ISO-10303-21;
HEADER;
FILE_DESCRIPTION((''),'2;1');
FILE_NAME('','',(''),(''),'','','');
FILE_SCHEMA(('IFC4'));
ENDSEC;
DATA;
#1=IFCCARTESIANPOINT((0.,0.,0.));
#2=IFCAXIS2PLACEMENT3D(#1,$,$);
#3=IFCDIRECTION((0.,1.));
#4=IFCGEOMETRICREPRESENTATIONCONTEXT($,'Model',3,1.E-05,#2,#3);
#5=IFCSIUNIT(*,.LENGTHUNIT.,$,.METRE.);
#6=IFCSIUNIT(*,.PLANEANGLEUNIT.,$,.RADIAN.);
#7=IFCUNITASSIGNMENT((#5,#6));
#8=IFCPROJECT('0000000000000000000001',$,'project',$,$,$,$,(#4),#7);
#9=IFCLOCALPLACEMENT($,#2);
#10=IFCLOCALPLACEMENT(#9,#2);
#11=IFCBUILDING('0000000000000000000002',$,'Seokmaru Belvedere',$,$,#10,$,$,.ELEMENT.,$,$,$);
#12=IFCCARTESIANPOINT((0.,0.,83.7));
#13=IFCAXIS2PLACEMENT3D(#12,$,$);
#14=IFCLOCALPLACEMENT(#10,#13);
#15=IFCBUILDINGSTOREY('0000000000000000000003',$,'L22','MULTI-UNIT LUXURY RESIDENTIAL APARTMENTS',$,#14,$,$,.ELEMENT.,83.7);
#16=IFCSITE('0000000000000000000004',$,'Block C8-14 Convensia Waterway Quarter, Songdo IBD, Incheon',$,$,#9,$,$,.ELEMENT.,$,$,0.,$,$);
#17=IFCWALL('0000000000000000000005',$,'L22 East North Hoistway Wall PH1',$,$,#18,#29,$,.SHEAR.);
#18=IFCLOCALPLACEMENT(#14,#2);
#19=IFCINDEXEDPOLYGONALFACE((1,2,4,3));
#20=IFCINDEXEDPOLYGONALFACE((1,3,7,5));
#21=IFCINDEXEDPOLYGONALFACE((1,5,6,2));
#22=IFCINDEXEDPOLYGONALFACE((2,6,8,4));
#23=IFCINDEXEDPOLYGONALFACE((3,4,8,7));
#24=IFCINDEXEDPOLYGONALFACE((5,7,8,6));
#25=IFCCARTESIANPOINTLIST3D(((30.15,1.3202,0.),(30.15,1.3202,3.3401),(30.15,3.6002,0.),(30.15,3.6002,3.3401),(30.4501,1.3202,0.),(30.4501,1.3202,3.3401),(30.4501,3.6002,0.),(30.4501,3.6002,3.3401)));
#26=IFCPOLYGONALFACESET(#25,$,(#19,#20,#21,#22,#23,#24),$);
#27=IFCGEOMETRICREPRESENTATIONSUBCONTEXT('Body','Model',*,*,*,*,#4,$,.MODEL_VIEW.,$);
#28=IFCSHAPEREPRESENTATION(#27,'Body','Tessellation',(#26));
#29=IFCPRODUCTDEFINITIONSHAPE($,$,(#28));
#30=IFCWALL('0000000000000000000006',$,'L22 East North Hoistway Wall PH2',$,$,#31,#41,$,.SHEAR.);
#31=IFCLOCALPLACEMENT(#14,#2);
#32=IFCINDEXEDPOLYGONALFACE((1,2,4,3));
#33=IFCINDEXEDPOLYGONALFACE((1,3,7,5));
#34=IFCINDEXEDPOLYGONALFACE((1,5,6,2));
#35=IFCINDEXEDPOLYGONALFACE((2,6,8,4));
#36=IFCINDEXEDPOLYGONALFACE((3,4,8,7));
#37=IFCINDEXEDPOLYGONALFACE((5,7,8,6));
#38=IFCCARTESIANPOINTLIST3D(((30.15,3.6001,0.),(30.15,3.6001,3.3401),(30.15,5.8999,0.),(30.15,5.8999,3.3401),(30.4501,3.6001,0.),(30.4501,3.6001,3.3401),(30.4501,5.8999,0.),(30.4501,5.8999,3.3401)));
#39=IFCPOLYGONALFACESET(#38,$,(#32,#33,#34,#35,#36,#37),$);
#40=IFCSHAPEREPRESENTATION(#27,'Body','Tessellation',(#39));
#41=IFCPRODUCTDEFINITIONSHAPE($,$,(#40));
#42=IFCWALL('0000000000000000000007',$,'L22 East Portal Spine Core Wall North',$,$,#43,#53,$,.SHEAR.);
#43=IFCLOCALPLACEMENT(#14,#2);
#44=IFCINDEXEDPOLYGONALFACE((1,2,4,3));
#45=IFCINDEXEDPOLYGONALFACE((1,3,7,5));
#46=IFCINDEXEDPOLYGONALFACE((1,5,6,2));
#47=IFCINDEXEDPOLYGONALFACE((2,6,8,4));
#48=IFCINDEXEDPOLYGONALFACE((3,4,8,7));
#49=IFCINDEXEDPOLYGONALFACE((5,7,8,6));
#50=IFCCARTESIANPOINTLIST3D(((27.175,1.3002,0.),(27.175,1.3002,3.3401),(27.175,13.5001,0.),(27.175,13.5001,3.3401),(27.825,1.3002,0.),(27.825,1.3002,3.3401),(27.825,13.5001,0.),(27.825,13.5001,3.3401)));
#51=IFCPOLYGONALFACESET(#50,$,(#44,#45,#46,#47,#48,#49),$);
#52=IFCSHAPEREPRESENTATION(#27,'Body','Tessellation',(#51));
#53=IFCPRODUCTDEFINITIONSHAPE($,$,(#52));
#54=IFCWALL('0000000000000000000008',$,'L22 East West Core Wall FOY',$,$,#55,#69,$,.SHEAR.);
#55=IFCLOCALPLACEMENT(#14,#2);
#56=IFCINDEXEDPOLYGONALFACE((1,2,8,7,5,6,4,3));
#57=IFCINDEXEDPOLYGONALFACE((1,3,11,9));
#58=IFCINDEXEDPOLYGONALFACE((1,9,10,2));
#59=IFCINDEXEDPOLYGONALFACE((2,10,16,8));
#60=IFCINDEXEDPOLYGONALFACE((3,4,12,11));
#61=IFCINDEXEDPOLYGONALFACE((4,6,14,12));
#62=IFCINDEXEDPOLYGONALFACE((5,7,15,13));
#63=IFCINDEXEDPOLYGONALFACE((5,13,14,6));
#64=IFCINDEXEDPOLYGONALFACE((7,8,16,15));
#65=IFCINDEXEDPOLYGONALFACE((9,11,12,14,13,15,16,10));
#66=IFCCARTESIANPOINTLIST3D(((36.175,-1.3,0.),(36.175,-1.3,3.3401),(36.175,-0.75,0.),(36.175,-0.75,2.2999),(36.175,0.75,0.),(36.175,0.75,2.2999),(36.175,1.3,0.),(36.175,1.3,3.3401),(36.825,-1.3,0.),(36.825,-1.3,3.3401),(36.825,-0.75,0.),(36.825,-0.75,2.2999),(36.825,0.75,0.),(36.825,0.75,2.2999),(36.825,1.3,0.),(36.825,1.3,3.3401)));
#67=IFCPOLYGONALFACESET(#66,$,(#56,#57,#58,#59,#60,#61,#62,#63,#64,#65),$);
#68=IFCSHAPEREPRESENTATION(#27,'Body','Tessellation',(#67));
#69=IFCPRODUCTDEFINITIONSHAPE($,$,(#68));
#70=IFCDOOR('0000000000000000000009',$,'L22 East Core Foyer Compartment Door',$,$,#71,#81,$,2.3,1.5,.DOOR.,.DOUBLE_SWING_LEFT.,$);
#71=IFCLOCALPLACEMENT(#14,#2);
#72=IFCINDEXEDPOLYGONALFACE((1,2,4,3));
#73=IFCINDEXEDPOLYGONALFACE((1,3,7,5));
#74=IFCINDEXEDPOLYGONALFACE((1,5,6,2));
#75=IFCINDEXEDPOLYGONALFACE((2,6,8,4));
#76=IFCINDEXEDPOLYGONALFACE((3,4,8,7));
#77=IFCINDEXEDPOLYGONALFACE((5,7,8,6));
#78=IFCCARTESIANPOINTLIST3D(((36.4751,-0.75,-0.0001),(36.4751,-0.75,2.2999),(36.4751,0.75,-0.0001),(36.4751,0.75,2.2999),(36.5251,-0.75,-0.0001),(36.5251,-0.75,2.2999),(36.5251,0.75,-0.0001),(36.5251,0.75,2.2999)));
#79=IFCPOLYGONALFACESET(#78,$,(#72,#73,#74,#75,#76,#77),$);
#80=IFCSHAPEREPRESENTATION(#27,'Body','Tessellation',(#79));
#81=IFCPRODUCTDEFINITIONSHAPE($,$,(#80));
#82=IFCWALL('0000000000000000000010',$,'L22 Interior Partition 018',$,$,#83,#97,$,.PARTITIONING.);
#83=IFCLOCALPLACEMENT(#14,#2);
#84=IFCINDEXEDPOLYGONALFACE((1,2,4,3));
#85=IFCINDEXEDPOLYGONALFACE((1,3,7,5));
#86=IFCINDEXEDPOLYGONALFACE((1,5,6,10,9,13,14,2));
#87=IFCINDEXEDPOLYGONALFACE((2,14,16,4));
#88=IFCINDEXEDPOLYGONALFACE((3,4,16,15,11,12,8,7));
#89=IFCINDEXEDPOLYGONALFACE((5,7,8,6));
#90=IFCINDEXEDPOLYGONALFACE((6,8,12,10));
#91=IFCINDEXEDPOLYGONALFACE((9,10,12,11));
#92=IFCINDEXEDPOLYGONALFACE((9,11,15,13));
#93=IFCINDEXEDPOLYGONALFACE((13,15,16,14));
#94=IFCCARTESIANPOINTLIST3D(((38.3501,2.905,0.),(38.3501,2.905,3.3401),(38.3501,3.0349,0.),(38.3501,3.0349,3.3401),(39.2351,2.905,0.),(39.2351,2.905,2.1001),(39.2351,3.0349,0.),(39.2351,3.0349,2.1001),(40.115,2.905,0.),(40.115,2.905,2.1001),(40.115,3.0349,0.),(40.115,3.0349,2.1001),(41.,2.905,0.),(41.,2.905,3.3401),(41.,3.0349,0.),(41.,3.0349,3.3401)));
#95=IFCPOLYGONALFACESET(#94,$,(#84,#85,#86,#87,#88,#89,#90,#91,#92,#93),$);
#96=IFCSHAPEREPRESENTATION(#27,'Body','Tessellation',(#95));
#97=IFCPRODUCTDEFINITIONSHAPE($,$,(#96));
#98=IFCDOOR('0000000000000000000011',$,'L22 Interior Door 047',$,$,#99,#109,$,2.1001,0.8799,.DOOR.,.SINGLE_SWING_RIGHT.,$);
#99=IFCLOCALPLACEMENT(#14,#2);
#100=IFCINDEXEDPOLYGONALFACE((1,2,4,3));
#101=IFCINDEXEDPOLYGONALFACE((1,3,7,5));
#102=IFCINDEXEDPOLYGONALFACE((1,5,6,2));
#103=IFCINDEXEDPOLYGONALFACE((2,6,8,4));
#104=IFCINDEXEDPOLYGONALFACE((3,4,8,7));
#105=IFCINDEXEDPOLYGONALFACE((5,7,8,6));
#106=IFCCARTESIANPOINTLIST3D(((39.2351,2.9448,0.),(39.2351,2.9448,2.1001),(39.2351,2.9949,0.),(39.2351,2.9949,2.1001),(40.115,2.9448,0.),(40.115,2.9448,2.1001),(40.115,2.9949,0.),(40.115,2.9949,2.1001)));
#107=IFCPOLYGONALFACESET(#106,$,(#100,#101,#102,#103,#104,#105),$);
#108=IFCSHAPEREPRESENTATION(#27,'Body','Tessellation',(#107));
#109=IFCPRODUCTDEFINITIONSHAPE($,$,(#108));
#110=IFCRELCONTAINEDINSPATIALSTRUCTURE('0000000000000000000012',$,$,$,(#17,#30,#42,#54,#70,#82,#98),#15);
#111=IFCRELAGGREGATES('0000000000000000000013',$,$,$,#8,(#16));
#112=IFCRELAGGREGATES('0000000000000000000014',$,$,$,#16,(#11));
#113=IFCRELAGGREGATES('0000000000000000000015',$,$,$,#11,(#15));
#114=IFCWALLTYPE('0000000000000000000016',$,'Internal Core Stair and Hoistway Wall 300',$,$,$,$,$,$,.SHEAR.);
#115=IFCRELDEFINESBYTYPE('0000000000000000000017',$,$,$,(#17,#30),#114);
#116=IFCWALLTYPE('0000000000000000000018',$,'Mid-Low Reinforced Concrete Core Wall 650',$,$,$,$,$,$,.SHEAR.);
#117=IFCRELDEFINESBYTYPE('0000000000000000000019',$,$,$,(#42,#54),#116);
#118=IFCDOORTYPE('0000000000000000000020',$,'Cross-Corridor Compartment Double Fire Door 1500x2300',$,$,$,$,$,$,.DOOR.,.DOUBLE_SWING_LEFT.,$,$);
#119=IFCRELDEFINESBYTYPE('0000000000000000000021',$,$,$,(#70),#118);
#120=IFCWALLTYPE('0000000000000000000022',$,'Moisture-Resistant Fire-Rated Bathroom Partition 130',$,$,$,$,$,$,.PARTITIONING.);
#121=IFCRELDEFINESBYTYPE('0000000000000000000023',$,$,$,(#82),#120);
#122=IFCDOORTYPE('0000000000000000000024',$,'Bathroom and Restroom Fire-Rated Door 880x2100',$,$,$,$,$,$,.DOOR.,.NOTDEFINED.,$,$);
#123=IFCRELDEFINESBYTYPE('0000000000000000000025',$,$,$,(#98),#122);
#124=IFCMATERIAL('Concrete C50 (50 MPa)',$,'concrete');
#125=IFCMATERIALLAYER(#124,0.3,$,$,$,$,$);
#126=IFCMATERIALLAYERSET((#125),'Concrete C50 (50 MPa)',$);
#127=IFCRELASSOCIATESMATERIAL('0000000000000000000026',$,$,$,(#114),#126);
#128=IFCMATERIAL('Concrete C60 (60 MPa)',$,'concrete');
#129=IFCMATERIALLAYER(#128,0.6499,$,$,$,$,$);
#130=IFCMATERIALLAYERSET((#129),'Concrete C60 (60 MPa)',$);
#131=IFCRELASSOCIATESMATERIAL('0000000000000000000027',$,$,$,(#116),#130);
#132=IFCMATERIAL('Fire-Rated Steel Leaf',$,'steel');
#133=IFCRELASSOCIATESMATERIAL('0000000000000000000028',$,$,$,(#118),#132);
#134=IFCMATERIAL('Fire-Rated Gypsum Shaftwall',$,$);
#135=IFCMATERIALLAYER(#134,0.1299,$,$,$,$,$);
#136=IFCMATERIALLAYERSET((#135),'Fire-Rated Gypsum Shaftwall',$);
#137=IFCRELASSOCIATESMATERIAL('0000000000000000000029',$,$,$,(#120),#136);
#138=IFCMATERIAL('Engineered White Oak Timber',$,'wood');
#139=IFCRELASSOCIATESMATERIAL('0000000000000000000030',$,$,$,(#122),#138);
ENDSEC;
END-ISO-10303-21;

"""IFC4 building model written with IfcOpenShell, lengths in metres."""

from ifc_helpers import new_model, si_unit, direction, frame, frame_2d, origin, place, context, subcontext, project, spatial, rectangle, extrude, source, transform, mapped, material, layer, layer_set, type_object, type_shapes, element, fill, save


model = new_model("IFC4")

# Units and contexts
model_context = context("Model", 3, precision=1e-05, world=origin(), true_north=direction((0.0, 1.0)))
body_context = subcontext(model_context, "Body", "Model", "MODEL_VIEW")
ifc_project = project(units=[si_unit("LENGTHUNIT", "METRE"), si_unit("PLANEANGLEUNIT", "RADIAN")], contexts=[model_context])

# Site, building, storey
site_placement = place(None, origin())
site = spatial("IfcSite", under=ifc_project, at=site_placement, Name="Block C8-14 Convensia Waterway Quarter, Songdo IBD, Incheon", CompositionType="ELEMENT", RefElevation=0.0)
building_placement = place(site_placement, origin())
building = spatial("IfcBuilding", under=site, at=building_placement, Name="Seokmaru Belvedere", CompositionType="ELEMENT")
storey_placement = place(building_placement, frame((0.0, 0.0, 83.7)))
storey = spatial("IfcBuildingStorey", under=building, at=storey_placement, Name="L22", Description="MULTI-UNIT LUXURY RESIDENTIAL APARTMENTS", CompositionType="ELEMENT", Elevation=83.7)

# Shared definitions
ifc_material_1 = material(Name="Fire-Rated Gypsum Shaftwall")

# Shared definitions
ifc_material_2 = material(Name="Fire-Rated Steel Leaf", Category="steel")

# Walls
ifc_material_3 = material(Name="Concrete C50 (50 MPa)", Category="concrete")
ifc_layer_1 = layer(ifc_material_3, 0.3)
ifc_layer_set_1 = layer_set([ifc_layer_1], Name="Concrete C50 (50 MPa)")
wall_type_1 = type_object("IfcWallType", Name="Internal Core Stair and Hoistway Wall 300", PredefinedType="SHEAR", material=ifc_layer_set_1)
wall_1_placement = place(storey_placement, frame((30.3, 1.3201, 0.0), z_axis=(0.0, 0.0, 1.0), x_axis=(0.0, 1.0, 0.0)))
element("IfcWall", 1, at=wall_1_placement, inside=storey, type_object=wall_type_1, Name="L22 East North Hoistway Wall PH1", PredefinedType="SHEAR", context=body_context, shape_type="SweptSolid", body=[
    extrude(rectangle(XDim=2.28, YDim=0.3, at=frame_2d((1.1401, 0.0))), origin(), (0.0, 0.0, 1.0), 3.3401),
])
wall_2_placement = place(storey_placement, frame((30.3, 3.6001, 0.0), z_axis=(0.0, 0.0, 1.0), x_axis=(0.0, 1.0, 0.0)))
element("IfcWall", 2, at=wall_2_placement, inside=storey, type_object=wall_type_1, Name="L22 East North Hoistway Wall PH2", PredefinedType="SHEAR", context=body_context, shape_type="SweptSolid", body=[
    extrude(rectangle(XDim=2.2998, YDim=0.3, at=frame_2d((1.1499, 0.0))), origin(), (0.0, 0.0, 1.0), 3.3401),
])
ifc_material_4 = material(Name="Concrete C60 (60 MPa)", Category="concrete")
ifc_layer_2 = layer(ifc_material_4, 0.6499)
ifc_layer_set_2 = layer_set([ifc_layer_2], Name="Concrete C60 (60 MPa)")
wall_type_2 = type_object("IfcWallType", Name="Mid-Low Reinforced Concrete Core Wall 650", PredefinedType="SHEAR", material=ifc_layer_set_2)
wall_3_placement = place(storey_placement, frame((27.5, 1.3, 0.0), z_axis=(0.0, 0.0, 1.0), x_axis=(0.0, 1.0, 0.0)))
element("IfcWall", 3, at=wall_3_placement, inside=storey, type_object=wall_type_2, Name="L22 East Portal Spine Core Wall North", PredefinedType="SHEAR", context=body_context, shape_type="SweptSolid", body=[
    extrude(rectangle(XDim=12.2, YDim=0.6499, at=frame_2d((6.1001, 0.0))), origin(), (0.0, 0.0, 1.0), 3.3401),
])

# Walls, openings, doors
wall_4_placement = place(storey_placement, frame((36.5, -1.3, 0.0), z_axis=(0.0, 0.0, 1.0), x_axis=(0.0, 1.0, 0.0)))
wall_4 = element("IfcWall", 4, at=wall_4_placement, inside=storey, type_object=wall_type_2, Name="L22 East West Core Wall FOY", PredefinedType="SHEAR", context=body_context, shape_type="SweptSolid", body=[
    extrude(rectangle(XDim=2.6001, YDim=0.6499, at=frame_2d((1.3, 0.0))), origin(), (0.0, 0.0, 1.0), 3.3401),
])
opening_1_placement = place(wall_4_placement, frame((0.55, 0.0, 0.0)))
opening_1 = element("IfcOpeningElement", 5, at=opening_1_placement, cuts=wall_4, PredefinedType="OPENING", context=body_context, shape_type="SweptSolid", body=[
    extrude(rectangle(XDim=1.5, YDim=2.3, at=frame_2d((0.75, 1.1499))), frame((0.0, 0.335, 0.0), z_axis=(0.0, -1.0, 0.0), x_axis=(1.0, 0.0, 0.0)), (0.0, 0.0, 1.0), 0.6699),
])
door_type_1 = type_object("IfcDoorType", Name="Cross-Corridor Compartment Double Fire Door 1500x2300", OperationType="DOUBLE_SWING_LEFT", PredefinedType="DOOR", material=ifc_material_2)
shared_shape_1 = source(origin(), body_context, "Body", "SweptSolid", [
    extrude(rectangle(XDim=1.5, YDim=2.3, at=frame_2d((0.75, 1.1499))), frame((0.0, 0.0249, 0.0), z_axis=(0.0, -1.0, 0.0), x_axis=(1.0, 0.0, 0.0)), (0.0, 0.0, 1.0), 0.05),
])
type_shapes(door_type_1, [shared_shape_1])
door_1_placement = place(opening_1_placement, origin())
door_1 = element("IfcDoor", 6, at=door_1_placement, inside=storey, type_object=door_type_1, Name="L22 East Core Foyer Compartment Door", OperationType="DOUBLE_SWING_LEFT", OverallHeight=2.3, OverallWidth=1.5, PredefinedType="DOOR", context=body_context, shape_type="MappedRepresentation", body=[
    mapped(shared_shape_1, transform((0.0, 0.0, 0.0), scale=1.0)),
])
fill(opening_1, door_1)
ifc_layer_3 = layer(ifc_material_1, 0.1299)
ifc_layer_set_3 = layer_set([ifc_layer_3], Name="Fire-Rated Gypsum Shaftwall")
wall_type_3 = type_object("IfcWallType", Name="Moisture-Resistant Fire-Rated Bathroom Partition 130", PredefinedType="PARTITIONING", material=ifc_layer_set_3)
wall_5_placement = place(storey_placement, frame((38.3501, 2.97, 0.0), z_axis=(0.0, 0.0, 1.0), x_axis=(1.0, 0.0, 0.0)))
wall_5 = element("IfcWall", 7, at=wall_5_placement, inside=storey, type_object=wall_type_3, Name="L22 Interior Partition 018", PredefinedType="PARTITIONING", context=body_context, shape_type="SweptSolid", body=[
    extrude(rectangle(XDim=2.6499, YDim=0.1299, at=frame_2d((1.325, 0.0))), origin(), (0.0, 0.0, 1.0), 3.3401),
])
opening_2_placement = place(wall_5_placement, frame((0.885, 0.0, 0.0)))
opening_2 = element("IfcOpeningElement", 8, at=opening_2_placement, cuts=wall_5, PredefinedType="OPENING", context=body_context, shape_type="SweptSolid", body=[
    extrude(rectangle(XDim=0.8799, YDim=2.1001, at=frame_2d((0.4399, 1.05))), frame((0.0, 0.075, 0.0), z_axis=(0.0, -1.0, 0.0), x_axis=(1.0, 0.0, 0.0)), (0.0, 0.0, 1.0), 0.1499),
])
ifc_material_5 = material(Name="Engineered White Oak Timber", Category="wood")
door_type_2 = type_object("IfcDoorType", Name="Bathroom and Restroom Fire-Rated Door 880x2100", OperationType="NOTDEFINED", PredefinedType="DOOR", material=ifc_material_5)
shared_shape_2 = source(origin(), body_context, "Body", "SweptSolid", [
    extrude(rectangle(XDim=0.8799, YDim=2.1001, at=frame_2d((0.4399, 1.05))), frame((0.0, 0.0249, 0.0), z_axis=(0.0, -1.0, 0.0), x_axis=(1.0, 0.0, 0.0)), (0.0, 0.0, 1.0), 0.05),
])
type_shapes(door_type_2, [shared_shape_2])
door_2_placement = place(opening_2_placement, origin())
door_2 = element("IfcDoor", 9, at=door_2_placement, inside=storey, type_object=door_type_2, Name="L22 Interior Door 047", OperationType="SINGLE_SWING_RIGHT", OverallHeight=2.1001, OverallWidth=0.8799, PredefinedType="DOOR", context=body_context, shape_type="MappedRepresentation", body=[
    mapped(shared_shape_2, transform((0.0, 0.0, 0.0), scale=1.0)),
])
fill(opening_2, door_2)

save(model, "model.ifc")
